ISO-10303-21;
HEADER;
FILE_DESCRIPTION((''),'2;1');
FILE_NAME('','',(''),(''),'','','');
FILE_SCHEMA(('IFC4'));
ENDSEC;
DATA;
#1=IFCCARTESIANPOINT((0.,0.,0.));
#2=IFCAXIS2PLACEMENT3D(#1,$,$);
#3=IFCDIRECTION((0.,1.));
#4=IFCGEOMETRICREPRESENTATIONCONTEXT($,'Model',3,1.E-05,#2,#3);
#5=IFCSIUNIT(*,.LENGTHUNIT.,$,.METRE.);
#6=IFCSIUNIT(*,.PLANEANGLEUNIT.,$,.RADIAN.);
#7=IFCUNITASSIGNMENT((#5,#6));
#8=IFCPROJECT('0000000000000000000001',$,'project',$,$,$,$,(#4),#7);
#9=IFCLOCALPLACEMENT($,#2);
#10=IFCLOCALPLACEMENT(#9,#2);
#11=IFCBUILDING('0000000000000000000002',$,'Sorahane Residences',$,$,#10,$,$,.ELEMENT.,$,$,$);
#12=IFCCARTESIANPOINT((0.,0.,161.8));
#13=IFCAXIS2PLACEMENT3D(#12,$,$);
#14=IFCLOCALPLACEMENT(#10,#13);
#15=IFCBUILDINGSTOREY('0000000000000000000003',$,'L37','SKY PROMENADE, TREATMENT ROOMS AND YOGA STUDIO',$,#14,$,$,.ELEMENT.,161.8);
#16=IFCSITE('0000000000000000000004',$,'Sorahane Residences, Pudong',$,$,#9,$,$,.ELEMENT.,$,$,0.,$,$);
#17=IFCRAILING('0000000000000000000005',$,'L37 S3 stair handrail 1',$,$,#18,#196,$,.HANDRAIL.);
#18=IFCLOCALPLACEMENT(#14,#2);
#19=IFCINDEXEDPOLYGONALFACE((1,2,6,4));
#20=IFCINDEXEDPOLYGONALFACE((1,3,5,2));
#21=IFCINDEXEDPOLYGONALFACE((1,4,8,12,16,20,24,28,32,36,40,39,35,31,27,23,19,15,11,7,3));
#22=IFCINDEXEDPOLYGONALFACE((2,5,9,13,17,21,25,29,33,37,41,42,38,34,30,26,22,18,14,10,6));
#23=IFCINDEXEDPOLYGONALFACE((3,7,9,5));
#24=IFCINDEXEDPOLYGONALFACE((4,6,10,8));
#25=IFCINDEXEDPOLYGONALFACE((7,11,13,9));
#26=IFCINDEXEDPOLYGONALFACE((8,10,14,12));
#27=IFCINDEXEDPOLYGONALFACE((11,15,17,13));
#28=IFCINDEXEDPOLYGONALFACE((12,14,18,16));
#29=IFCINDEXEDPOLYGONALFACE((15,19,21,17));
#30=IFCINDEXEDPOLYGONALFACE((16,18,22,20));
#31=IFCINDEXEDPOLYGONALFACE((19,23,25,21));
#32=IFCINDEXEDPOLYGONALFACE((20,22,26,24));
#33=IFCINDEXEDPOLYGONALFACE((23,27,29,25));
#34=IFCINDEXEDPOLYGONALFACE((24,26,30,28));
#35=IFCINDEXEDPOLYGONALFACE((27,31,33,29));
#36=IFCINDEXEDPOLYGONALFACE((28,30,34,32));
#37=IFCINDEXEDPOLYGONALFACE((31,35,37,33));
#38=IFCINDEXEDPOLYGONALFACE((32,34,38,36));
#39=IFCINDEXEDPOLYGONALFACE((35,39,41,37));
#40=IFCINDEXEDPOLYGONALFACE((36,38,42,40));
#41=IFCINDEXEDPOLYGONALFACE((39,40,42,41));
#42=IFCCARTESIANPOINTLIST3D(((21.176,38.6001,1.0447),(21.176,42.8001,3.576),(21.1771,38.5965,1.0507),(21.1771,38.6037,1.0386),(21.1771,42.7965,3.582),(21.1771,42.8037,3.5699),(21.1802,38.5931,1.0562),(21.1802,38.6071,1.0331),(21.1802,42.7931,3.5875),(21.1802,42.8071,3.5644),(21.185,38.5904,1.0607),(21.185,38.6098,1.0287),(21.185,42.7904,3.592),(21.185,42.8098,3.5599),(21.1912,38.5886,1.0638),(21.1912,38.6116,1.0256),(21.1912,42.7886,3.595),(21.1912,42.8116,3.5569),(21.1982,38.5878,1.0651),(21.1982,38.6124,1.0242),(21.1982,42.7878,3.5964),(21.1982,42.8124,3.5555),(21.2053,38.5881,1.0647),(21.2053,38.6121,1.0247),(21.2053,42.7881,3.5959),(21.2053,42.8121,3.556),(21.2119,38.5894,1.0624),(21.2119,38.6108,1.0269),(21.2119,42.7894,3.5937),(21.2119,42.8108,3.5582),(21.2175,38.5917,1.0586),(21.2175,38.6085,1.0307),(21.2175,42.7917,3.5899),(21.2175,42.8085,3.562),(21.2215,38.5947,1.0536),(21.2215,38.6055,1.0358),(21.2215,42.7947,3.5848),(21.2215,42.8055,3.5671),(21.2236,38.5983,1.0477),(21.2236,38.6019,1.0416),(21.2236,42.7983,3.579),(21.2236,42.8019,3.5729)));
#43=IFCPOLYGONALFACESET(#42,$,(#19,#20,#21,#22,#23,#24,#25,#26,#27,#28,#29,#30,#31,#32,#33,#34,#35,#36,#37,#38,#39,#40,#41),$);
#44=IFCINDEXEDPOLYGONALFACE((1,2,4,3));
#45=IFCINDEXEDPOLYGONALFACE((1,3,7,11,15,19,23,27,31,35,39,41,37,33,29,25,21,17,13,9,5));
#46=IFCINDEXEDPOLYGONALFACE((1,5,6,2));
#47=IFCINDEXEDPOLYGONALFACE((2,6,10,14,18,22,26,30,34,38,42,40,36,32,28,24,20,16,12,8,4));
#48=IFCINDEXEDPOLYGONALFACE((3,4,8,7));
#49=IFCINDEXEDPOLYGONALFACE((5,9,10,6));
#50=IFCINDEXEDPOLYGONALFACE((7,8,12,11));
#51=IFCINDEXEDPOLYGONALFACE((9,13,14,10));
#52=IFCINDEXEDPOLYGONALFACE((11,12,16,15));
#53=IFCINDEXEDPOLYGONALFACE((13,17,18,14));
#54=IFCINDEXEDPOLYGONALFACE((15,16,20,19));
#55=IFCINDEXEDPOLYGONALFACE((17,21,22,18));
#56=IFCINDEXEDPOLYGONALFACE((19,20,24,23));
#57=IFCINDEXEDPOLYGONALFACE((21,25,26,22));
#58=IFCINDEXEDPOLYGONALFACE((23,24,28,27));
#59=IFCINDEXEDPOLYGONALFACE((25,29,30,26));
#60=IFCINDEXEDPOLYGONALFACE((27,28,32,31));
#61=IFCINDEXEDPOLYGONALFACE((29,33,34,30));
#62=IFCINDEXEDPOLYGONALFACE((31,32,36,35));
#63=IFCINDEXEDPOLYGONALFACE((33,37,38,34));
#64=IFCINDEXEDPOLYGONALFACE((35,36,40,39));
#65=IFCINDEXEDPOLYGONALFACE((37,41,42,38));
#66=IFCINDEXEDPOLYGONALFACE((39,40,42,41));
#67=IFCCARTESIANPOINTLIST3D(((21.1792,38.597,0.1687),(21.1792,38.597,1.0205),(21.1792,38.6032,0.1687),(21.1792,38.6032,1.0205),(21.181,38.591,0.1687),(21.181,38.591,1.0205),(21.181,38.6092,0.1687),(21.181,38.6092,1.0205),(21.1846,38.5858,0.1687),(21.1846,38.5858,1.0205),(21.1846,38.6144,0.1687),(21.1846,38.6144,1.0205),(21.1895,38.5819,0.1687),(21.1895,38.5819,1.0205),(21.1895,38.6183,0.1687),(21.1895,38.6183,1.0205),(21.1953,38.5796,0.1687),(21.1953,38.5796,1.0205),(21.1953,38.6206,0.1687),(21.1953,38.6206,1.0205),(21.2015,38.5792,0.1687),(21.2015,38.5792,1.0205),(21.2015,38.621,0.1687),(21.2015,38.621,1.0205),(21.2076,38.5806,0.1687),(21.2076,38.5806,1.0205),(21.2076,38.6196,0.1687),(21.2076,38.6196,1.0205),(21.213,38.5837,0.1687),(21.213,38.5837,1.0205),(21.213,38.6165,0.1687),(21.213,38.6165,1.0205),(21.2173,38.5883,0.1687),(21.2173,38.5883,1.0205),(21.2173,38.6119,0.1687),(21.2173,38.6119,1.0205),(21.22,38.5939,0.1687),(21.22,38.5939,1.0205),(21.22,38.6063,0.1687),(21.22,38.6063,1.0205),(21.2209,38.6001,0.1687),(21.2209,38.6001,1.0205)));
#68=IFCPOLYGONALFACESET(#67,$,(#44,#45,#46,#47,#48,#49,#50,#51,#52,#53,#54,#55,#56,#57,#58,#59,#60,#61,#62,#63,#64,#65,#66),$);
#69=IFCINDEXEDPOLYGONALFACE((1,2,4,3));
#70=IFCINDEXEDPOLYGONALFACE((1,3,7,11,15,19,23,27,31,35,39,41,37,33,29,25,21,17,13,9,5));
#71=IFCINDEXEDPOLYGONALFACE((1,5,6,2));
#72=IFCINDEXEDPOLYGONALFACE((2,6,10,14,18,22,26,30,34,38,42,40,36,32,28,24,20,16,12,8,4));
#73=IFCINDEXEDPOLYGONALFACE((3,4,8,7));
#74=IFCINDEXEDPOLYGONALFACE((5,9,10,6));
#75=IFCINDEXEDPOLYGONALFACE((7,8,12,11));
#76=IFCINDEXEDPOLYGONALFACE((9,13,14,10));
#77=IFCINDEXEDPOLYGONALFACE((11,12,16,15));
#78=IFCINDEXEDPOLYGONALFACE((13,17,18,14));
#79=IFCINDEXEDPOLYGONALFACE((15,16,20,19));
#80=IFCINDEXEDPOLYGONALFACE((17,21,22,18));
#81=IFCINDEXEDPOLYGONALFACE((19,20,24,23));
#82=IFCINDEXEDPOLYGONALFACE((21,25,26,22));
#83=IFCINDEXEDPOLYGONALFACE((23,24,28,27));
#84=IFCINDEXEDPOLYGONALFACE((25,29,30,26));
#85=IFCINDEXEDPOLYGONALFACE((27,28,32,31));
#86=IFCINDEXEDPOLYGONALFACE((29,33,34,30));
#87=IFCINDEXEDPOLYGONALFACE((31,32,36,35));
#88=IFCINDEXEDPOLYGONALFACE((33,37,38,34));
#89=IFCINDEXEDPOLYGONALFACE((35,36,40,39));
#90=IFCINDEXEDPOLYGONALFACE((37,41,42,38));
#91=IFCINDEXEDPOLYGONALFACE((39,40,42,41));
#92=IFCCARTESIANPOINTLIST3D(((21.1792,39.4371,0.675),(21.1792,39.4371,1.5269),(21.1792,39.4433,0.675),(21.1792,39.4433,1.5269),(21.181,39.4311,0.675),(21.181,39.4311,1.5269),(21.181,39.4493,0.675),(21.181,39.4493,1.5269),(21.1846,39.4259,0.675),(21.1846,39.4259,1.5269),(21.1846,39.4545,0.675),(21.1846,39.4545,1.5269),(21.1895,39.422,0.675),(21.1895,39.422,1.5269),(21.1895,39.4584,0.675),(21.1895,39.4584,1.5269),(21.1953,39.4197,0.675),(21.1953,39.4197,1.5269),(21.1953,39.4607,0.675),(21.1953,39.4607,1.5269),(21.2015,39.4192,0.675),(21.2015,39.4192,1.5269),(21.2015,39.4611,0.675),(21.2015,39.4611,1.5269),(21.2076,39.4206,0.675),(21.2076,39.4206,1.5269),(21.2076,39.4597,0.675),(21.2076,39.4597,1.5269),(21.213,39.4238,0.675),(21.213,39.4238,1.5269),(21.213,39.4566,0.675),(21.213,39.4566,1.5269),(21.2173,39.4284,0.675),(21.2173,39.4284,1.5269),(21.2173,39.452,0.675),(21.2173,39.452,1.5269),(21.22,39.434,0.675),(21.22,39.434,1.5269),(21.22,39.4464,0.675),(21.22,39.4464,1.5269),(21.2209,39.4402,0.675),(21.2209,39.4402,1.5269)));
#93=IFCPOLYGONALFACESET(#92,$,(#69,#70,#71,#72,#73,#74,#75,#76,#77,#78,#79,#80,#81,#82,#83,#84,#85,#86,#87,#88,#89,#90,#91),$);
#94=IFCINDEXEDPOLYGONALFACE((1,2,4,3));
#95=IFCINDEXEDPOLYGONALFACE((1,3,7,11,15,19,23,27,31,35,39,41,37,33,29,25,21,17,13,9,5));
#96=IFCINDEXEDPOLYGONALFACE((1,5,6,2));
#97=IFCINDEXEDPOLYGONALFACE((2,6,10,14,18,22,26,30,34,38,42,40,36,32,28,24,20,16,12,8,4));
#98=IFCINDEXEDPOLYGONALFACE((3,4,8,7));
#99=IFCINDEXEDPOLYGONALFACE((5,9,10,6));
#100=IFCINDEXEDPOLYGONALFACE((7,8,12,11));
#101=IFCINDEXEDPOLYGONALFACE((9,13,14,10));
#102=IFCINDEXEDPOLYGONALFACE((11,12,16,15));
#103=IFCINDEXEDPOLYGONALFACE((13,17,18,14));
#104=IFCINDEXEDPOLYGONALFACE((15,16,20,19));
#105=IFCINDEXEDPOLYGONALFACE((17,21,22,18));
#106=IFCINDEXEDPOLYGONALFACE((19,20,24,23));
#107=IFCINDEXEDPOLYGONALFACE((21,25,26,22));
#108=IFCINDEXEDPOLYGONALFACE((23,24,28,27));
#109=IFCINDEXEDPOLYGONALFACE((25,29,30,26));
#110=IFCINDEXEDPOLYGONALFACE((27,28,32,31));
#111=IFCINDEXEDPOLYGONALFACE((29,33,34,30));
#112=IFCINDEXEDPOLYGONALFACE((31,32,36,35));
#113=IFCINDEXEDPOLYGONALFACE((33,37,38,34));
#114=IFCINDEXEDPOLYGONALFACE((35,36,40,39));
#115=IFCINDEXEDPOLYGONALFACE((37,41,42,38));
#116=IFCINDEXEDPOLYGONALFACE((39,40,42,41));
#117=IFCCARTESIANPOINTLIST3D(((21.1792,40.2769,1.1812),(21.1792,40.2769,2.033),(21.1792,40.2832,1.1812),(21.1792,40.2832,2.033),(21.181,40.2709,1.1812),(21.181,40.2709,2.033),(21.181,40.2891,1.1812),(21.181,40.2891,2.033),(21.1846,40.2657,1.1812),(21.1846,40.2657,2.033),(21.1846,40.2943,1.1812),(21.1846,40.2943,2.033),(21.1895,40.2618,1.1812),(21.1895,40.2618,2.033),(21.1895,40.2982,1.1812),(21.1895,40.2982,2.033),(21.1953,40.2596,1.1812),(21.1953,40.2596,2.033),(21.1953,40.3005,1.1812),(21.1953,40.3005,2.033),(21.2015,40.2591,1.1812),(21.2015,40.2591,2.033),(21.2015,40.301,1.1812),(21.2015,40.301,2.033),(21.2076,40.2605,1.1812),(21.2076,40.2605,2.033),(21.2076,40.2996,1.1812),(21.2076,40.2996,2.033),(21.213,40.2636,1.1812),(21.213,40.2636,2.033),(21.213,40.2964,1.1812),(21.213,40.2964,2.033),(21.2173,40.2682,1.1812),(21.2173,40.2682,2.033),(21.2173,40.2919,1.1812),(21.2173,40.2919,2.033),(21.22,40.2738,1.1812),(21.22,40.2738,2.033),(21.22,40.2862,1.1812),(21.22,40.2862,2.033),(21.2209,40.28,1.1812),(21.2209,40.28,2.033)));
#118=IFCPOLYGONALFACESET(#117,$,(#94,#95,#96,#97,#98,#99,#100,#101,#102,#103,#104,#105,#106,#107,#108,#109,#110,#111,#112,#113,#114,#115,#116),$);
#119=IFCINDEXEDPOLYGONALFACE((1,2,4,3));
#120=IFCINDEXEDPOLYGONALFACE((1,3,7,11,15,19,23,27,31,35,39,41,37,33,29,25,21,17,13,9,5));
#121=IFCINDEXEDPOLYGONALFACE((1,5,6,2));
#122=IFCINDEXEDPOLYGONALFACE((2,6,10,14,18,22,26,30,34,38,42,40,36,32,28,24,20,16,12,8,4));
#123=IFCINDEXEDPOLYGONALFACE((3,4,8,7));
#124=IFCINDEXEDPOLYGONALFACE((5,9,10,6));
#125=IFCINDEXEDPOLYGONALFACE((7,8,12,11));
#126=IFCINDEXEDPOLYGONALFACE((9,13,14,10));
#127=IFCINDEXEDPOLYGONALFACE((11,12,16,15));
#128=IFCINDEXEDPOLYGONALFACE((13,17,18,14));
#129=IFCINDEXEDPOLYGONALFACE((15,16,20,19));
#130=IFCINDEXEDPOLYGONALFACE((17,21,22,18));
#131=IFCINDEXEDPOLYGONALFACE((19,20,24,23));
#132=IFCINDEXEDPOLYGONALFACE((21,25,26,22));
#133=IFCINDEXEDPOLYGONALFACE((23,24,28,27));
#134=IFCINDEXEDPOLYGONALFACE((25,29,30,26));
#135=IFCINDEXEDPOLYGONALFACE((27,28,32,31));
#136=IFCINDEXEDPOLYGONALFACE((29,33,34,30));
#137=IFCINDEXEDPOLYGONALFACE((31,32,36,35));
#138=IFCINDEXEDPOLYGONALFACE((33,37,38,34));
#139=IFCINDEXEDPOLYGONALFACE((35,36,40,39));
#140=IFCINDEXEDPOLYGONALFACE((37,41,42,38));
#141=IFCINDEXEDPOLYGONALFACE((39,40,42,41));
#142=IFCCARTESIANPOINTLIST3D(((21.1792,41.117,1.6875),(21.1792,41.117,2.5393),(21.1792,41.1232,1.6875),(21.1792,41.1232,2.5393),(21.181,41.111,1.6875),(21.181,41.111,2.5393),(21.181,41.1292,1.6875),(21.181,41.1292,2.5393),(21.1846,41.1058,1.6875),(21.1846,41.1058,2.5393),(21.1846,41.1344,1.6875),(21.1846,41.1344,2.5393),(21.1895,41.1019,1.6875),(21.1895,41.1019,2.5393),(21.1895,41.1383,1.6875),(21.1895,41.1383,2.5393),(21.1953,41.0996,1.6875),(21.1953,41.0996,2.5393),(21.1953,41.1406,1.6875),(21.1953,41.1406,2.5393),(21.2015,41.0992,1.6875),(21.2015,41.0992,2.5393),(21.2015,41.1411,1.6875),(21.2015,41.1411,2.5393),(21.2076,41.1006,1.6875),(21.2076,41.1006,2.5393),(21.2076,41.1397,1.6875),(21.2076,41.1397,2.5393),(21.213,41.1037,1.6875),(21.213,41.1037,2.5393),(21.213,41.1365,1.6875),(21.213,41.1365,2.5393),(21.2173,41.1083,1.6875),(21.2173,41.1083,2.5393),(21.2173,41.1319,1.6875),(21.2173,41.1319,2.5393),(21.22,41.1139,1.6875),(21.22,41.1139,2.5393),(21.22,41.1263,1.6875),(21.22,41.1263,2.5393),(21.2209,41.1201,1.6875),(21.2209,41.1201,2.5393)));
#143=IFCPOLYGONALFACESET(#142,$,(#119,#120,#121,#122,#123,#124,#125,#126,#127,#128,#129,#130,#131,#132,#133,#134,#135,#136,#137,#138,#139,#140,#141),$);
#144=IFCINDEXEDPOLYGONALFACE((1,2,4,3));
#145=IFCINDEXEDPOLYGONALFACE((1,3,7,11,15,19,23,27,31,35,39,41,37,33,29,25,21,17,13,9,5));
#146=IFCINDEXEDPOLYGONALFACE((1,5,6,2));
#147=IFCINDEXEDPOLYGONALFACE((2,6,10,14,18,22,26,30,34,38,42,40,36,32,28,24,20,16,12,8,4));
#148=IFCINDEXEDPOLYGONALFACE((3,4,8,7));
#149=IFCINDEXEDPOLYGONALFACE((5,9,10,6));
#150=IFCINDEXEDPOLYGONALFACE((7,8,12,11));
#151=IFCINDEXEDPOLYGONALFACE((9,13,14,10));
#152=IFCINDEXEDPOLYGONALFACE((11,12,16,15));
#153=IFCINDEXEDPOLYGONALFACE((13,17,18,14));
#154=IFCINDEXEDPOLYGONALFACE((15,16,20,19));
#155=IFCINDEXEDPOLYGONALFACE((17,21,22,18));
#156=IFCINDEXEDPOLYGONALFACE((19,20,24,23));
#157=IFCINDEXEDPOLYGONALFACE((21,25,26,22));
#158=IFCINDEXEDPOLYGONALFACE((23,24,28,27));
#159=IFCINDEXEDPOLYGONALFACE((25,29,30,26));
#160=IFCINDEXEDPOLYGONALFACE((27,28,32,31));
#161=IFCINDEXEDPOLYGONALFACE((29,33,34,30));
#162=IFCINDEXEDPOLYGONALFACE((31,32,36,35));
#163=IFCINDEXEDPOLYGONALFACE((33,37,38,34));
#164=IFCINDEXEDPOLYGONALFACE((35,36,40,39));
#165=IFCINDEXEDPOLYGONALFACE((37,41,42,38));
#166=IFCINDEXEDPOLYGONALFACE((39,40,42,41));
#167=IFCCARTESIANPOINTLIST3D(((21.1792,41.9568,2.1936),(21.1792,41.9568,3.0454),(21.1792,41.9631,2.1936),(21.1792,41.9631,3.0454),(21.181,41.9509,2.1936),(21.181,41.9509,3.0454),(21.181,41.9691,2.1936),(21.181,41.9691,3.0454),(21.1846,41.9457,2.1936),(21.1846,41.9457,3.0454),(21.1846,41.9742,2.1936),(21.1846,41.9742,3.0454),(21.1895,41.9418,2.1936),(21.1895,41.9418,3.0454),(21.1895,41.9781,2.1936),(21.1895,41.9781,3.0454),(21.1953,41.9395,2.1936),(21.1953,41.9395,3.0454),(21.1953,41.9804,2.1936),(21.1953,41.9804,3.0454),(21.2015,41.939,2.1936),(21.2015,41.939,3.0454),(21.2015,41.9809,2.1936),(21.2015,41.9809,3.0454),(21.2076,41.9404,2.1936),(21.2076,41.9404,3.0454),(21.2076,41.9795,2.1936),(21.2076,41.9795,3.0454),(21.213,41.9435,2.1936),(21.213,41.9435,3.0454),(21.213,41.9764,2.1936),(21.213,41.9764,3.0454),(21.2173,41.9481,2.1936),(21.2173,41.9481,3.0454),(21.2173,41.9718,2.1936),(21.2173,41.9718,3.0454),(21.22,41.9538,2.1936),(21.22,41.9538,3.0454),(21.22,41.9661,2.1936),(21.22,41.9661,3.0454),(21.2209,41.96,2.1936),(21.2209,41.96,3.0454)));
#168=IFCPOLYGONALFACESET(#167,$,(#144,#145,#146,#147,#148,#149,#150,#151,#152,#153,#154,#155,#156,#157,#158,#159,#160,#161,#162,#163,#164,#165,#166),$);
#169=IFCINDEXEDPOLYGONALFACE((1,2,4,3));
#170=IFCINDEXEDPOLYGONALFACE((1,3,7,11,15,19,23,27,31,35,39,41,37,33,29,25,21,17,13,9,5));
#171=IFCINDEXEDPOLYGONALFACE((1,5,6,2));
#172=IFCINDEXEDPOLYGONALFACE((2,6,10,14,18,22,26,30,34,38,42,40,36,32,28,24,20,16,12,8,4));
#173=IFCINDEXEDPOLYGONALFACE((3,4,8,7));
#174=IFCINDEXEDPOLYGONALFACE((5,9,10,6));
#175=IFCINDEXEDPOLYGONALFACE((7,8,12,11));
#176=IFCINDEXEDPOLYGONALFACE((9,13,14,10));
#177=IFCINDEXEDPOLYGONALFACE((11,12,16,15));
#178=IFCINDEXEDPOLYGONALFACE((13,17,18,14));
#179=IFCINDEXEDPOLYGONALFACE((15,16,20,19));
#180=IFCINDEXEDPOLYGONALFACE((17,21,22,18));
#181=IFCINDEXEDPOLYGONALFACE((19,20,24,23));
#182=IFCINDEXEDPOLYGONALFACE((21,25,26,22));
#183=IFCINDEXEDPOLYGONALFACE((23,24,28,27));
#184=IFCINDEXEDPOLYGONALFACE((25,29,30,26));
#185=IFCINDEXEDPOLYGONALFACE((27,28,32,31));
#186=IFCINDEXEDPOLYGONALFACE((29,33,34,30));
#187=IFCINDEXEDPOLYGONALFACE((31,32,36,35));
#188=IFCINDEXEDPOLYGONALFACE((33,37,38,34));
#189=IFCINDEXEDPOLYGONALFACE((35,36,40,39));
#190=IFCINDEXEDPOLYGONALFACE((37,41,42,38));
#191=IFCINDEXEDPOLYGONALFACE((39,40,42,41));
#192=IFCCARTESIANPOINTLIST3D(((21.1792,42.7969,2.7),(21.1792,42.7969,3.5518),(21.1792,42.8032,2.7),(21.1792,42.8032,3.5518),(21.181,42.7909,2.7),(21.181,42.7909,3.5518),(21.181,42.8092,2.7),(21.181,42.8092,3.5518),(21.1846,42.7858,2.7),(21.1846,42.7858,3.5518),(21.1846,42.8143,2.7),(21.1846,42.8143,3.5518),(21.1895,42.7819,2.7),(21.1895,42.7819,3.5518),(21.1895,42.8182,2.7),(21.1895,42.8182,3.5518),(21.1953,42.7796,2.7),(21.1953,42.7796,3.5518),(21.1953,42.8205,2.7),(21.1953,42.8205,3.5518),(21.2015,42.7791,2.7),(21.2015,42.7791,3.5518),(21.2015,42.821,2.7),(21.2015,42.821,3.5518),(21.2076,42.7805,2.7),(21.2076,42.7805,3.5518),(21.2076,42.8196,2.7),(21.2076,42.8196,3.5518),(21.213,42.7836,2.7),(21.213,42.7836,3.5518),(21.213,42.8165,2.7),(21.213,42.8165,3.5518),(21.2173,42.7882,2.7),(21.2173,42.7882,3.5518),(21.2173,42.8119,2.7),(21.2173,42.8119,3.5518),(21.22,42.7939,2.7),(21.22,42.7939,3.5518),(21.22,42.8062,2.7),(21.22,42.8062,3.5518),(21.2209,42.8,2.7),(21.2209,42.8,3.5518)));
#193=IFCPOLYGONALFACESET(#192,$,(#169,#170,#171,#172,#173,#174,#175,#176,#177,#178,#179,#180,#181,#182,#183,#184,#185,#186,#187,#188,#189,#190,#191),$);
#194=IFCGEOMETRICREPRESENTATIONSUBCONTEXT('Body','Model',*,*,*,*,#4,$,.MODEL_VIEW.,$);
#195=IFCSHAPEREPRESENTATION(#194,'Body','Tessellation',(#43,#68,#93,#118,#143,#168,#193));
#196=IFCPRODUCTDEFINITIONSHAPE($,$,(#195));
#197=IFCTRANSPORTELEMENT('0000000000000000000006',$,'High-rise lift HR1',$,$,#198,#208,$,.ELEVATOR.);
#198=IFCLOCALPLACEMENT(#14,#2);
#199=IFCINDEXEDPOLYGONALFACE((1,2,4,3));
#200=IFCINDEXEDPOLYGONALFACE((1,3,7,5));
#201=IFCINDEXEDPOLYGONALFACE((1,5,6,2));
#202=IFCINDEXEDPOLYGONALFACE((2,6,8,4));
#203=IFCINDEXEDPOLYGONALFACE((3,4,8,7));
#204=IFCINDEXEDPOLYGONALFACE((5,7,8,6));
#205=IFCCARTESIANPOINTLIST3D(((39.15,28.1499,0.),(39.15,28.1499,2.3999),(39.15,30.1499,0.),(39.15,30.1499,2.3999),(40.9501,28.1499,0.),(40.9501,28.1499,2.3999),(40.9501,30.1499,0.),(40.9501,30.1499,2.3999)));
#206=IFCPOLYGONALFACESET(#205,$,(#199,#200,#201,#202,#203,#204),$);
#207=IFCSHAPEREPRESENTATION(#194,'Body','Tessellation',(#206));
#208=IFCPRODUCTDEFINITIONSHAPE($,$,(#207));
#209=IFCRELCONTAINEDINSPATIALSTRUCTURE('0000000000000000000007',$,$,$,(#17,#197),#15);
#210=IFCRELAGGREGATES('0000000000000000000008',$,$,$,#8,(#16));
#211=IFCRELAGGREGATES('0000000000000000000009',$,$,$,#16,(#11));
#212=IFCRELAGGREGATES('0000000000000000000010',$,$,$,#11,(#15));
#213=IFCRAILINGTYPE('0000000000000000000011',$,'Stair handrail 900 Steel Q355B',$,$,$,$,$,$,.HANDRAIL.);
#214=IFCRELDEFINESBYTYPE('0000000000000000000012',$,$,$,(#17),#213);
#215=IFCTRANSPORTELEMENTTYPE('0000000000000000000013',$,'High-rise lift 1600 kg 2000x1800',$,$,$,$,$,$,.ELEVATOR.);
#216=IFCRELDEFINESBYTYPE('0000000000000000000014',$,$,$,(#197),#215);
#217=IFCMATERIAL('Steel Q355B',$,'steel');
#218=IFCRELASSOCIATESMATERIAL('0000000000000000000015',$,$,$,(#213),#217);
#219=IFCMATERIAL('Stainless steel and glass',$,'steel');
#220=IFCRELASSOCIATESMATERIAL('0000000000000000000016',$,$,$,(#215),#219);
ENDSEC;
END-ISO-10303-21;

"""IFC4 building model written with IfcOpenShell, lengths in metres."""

from ifc_helpers import new_model, si_unit, direction, frame, origin, origin_2d, place, context, subcontext, project, spatial, rectangle, circle, extrude, material, type_object, element, save


model = new_model("IFC4")

# Units and contexts
model_context = context("Model", 3, precision=1e-05, world=origin(), true_north=direction((0.0, 1.0)))
body_context = subcontext(model_context, "Body", "Model", "MODEL_VIEW")
ifc_project = project(units=[si_unit("LENGTHUNIT", "METRE"), si_unit("PLANEANGLEUNIT", "RADIAN")], contexts=[model_context])

# Site, building, storey
site_placement = place(None, origin())
site = spatial("IfcSite", under=ifc_project, at=site_placement, Name="Sorahane Residences, Pudong", CompositionType="ELEMENT", RefElevation=0.0)
building_placement = place(site_placement, origin())
building = spatial("IfcBuilding", under=site, at=building_placement, Name="Sorahane Residences", CompositionType="ELEMENT")
storey_placement = place(building_placement, frame((0.0, 0.0, 161.8)))
storey = spatial("IfcBuildingStorey", under=building, at=storey_placement, Name="L37", Description="SKY PROMENADE, TREATMENT ROOMS AND YOGA STUDIO", CompositionType="ELEMENT", Elevation=161.8)

# Railing
ifc_material_1 = material(Name="Steel Q355B", Category="steel")
railing_type_1 = type_object("IfcRailingType", Name="Stair handrail 900 Steel Q355B", PredefinedType="HANDRAIL", material=ifc_material_1)
railing_1_placement = place(storey_placement, frame((21.2, 38.6001, 0.1687)))
element("IfcRailing", 1, at=railing_1_placement, inside=storey, type_object=railing_type_1, Name="L37 S3 stair handrail 1", PredefinedType="HANDRAIL", context=body_context, shape_type="SweptSolid", body=[
    extrude(circle(Radius=0.0239, at=origin_2d()), frame((0.0, 0.0, 0.876), z_axis=(0.0, 0.856476, 0.516186), x_axis=(-1.0, 0.0, 0.0)), (0.0, 0.0, 1.0), 4.9038),
    extrude(circle(Radius=0.021, at=origin_2d()), origin(), (0.0, 0.0, 1.0), 0.8518),
    extrude(circle(Radius=0.021, at=origin_2d()), frame((0.0, 0.8401, 0.5063)), (0.0, 0.0, 1.0), 0.8518),
    extrude(circle(Radius=0.021, at=origin_2d()), frame((0.0, 1.6799, 1.0125)), (0.0, 0.0, 1.0), 0.8518),
    extrude(circle(Radius=0.021, at=origin_2d()), frame((0.0, 2.52, 1.5188)), (0.0, 0.0, 1.0), 0.8518),
    extrude(circle(Radius=0.021, at=origin_2d()), frame((0.0, 3.3599, 2.0249)), (0.0, 0.0, 1.0), 0.8518),
    extrude(circle(Radius=0.021, at=origin_2d()), frame((0.0, 4.2, 2.5312)), (0.0, 0.0, 1.0), 0.8518),
])

# Transport element
ifc_material_2 = material(Name="Stainless steel and glass", Category="steel")
transport_element_type = type_object("IfcTransportElementType", Name="High-rise lift 1600 kg 2000x1800", PredefinedType="ELEVATOR", material=ifc_material_2)
for number, where, z_axis, x_axis, name in (
    (2, (40.05, 29.1499, 0.0), (0.0, 0.0, 1.0), (1.0, 0.0, 0.0), "High-rise lift HR1"),
):
    element("IfcTransportElement", number, at=place(storey_placement, frame(where, z_axis=z_axis, x_axis=x_axis)), inside=storey, type_object=transport_element_type, Name=name, PredefinedType="ELEVATOR", context=body_context, shape_type="SweptSolid", body=[
        extrude(rectangle(XDim=1.8, YDim=2.0, at=origin_2d()), origin(), (0.0, 0.0, 1.0), 2.3999),
    ])

save(model, "model.ifc")
